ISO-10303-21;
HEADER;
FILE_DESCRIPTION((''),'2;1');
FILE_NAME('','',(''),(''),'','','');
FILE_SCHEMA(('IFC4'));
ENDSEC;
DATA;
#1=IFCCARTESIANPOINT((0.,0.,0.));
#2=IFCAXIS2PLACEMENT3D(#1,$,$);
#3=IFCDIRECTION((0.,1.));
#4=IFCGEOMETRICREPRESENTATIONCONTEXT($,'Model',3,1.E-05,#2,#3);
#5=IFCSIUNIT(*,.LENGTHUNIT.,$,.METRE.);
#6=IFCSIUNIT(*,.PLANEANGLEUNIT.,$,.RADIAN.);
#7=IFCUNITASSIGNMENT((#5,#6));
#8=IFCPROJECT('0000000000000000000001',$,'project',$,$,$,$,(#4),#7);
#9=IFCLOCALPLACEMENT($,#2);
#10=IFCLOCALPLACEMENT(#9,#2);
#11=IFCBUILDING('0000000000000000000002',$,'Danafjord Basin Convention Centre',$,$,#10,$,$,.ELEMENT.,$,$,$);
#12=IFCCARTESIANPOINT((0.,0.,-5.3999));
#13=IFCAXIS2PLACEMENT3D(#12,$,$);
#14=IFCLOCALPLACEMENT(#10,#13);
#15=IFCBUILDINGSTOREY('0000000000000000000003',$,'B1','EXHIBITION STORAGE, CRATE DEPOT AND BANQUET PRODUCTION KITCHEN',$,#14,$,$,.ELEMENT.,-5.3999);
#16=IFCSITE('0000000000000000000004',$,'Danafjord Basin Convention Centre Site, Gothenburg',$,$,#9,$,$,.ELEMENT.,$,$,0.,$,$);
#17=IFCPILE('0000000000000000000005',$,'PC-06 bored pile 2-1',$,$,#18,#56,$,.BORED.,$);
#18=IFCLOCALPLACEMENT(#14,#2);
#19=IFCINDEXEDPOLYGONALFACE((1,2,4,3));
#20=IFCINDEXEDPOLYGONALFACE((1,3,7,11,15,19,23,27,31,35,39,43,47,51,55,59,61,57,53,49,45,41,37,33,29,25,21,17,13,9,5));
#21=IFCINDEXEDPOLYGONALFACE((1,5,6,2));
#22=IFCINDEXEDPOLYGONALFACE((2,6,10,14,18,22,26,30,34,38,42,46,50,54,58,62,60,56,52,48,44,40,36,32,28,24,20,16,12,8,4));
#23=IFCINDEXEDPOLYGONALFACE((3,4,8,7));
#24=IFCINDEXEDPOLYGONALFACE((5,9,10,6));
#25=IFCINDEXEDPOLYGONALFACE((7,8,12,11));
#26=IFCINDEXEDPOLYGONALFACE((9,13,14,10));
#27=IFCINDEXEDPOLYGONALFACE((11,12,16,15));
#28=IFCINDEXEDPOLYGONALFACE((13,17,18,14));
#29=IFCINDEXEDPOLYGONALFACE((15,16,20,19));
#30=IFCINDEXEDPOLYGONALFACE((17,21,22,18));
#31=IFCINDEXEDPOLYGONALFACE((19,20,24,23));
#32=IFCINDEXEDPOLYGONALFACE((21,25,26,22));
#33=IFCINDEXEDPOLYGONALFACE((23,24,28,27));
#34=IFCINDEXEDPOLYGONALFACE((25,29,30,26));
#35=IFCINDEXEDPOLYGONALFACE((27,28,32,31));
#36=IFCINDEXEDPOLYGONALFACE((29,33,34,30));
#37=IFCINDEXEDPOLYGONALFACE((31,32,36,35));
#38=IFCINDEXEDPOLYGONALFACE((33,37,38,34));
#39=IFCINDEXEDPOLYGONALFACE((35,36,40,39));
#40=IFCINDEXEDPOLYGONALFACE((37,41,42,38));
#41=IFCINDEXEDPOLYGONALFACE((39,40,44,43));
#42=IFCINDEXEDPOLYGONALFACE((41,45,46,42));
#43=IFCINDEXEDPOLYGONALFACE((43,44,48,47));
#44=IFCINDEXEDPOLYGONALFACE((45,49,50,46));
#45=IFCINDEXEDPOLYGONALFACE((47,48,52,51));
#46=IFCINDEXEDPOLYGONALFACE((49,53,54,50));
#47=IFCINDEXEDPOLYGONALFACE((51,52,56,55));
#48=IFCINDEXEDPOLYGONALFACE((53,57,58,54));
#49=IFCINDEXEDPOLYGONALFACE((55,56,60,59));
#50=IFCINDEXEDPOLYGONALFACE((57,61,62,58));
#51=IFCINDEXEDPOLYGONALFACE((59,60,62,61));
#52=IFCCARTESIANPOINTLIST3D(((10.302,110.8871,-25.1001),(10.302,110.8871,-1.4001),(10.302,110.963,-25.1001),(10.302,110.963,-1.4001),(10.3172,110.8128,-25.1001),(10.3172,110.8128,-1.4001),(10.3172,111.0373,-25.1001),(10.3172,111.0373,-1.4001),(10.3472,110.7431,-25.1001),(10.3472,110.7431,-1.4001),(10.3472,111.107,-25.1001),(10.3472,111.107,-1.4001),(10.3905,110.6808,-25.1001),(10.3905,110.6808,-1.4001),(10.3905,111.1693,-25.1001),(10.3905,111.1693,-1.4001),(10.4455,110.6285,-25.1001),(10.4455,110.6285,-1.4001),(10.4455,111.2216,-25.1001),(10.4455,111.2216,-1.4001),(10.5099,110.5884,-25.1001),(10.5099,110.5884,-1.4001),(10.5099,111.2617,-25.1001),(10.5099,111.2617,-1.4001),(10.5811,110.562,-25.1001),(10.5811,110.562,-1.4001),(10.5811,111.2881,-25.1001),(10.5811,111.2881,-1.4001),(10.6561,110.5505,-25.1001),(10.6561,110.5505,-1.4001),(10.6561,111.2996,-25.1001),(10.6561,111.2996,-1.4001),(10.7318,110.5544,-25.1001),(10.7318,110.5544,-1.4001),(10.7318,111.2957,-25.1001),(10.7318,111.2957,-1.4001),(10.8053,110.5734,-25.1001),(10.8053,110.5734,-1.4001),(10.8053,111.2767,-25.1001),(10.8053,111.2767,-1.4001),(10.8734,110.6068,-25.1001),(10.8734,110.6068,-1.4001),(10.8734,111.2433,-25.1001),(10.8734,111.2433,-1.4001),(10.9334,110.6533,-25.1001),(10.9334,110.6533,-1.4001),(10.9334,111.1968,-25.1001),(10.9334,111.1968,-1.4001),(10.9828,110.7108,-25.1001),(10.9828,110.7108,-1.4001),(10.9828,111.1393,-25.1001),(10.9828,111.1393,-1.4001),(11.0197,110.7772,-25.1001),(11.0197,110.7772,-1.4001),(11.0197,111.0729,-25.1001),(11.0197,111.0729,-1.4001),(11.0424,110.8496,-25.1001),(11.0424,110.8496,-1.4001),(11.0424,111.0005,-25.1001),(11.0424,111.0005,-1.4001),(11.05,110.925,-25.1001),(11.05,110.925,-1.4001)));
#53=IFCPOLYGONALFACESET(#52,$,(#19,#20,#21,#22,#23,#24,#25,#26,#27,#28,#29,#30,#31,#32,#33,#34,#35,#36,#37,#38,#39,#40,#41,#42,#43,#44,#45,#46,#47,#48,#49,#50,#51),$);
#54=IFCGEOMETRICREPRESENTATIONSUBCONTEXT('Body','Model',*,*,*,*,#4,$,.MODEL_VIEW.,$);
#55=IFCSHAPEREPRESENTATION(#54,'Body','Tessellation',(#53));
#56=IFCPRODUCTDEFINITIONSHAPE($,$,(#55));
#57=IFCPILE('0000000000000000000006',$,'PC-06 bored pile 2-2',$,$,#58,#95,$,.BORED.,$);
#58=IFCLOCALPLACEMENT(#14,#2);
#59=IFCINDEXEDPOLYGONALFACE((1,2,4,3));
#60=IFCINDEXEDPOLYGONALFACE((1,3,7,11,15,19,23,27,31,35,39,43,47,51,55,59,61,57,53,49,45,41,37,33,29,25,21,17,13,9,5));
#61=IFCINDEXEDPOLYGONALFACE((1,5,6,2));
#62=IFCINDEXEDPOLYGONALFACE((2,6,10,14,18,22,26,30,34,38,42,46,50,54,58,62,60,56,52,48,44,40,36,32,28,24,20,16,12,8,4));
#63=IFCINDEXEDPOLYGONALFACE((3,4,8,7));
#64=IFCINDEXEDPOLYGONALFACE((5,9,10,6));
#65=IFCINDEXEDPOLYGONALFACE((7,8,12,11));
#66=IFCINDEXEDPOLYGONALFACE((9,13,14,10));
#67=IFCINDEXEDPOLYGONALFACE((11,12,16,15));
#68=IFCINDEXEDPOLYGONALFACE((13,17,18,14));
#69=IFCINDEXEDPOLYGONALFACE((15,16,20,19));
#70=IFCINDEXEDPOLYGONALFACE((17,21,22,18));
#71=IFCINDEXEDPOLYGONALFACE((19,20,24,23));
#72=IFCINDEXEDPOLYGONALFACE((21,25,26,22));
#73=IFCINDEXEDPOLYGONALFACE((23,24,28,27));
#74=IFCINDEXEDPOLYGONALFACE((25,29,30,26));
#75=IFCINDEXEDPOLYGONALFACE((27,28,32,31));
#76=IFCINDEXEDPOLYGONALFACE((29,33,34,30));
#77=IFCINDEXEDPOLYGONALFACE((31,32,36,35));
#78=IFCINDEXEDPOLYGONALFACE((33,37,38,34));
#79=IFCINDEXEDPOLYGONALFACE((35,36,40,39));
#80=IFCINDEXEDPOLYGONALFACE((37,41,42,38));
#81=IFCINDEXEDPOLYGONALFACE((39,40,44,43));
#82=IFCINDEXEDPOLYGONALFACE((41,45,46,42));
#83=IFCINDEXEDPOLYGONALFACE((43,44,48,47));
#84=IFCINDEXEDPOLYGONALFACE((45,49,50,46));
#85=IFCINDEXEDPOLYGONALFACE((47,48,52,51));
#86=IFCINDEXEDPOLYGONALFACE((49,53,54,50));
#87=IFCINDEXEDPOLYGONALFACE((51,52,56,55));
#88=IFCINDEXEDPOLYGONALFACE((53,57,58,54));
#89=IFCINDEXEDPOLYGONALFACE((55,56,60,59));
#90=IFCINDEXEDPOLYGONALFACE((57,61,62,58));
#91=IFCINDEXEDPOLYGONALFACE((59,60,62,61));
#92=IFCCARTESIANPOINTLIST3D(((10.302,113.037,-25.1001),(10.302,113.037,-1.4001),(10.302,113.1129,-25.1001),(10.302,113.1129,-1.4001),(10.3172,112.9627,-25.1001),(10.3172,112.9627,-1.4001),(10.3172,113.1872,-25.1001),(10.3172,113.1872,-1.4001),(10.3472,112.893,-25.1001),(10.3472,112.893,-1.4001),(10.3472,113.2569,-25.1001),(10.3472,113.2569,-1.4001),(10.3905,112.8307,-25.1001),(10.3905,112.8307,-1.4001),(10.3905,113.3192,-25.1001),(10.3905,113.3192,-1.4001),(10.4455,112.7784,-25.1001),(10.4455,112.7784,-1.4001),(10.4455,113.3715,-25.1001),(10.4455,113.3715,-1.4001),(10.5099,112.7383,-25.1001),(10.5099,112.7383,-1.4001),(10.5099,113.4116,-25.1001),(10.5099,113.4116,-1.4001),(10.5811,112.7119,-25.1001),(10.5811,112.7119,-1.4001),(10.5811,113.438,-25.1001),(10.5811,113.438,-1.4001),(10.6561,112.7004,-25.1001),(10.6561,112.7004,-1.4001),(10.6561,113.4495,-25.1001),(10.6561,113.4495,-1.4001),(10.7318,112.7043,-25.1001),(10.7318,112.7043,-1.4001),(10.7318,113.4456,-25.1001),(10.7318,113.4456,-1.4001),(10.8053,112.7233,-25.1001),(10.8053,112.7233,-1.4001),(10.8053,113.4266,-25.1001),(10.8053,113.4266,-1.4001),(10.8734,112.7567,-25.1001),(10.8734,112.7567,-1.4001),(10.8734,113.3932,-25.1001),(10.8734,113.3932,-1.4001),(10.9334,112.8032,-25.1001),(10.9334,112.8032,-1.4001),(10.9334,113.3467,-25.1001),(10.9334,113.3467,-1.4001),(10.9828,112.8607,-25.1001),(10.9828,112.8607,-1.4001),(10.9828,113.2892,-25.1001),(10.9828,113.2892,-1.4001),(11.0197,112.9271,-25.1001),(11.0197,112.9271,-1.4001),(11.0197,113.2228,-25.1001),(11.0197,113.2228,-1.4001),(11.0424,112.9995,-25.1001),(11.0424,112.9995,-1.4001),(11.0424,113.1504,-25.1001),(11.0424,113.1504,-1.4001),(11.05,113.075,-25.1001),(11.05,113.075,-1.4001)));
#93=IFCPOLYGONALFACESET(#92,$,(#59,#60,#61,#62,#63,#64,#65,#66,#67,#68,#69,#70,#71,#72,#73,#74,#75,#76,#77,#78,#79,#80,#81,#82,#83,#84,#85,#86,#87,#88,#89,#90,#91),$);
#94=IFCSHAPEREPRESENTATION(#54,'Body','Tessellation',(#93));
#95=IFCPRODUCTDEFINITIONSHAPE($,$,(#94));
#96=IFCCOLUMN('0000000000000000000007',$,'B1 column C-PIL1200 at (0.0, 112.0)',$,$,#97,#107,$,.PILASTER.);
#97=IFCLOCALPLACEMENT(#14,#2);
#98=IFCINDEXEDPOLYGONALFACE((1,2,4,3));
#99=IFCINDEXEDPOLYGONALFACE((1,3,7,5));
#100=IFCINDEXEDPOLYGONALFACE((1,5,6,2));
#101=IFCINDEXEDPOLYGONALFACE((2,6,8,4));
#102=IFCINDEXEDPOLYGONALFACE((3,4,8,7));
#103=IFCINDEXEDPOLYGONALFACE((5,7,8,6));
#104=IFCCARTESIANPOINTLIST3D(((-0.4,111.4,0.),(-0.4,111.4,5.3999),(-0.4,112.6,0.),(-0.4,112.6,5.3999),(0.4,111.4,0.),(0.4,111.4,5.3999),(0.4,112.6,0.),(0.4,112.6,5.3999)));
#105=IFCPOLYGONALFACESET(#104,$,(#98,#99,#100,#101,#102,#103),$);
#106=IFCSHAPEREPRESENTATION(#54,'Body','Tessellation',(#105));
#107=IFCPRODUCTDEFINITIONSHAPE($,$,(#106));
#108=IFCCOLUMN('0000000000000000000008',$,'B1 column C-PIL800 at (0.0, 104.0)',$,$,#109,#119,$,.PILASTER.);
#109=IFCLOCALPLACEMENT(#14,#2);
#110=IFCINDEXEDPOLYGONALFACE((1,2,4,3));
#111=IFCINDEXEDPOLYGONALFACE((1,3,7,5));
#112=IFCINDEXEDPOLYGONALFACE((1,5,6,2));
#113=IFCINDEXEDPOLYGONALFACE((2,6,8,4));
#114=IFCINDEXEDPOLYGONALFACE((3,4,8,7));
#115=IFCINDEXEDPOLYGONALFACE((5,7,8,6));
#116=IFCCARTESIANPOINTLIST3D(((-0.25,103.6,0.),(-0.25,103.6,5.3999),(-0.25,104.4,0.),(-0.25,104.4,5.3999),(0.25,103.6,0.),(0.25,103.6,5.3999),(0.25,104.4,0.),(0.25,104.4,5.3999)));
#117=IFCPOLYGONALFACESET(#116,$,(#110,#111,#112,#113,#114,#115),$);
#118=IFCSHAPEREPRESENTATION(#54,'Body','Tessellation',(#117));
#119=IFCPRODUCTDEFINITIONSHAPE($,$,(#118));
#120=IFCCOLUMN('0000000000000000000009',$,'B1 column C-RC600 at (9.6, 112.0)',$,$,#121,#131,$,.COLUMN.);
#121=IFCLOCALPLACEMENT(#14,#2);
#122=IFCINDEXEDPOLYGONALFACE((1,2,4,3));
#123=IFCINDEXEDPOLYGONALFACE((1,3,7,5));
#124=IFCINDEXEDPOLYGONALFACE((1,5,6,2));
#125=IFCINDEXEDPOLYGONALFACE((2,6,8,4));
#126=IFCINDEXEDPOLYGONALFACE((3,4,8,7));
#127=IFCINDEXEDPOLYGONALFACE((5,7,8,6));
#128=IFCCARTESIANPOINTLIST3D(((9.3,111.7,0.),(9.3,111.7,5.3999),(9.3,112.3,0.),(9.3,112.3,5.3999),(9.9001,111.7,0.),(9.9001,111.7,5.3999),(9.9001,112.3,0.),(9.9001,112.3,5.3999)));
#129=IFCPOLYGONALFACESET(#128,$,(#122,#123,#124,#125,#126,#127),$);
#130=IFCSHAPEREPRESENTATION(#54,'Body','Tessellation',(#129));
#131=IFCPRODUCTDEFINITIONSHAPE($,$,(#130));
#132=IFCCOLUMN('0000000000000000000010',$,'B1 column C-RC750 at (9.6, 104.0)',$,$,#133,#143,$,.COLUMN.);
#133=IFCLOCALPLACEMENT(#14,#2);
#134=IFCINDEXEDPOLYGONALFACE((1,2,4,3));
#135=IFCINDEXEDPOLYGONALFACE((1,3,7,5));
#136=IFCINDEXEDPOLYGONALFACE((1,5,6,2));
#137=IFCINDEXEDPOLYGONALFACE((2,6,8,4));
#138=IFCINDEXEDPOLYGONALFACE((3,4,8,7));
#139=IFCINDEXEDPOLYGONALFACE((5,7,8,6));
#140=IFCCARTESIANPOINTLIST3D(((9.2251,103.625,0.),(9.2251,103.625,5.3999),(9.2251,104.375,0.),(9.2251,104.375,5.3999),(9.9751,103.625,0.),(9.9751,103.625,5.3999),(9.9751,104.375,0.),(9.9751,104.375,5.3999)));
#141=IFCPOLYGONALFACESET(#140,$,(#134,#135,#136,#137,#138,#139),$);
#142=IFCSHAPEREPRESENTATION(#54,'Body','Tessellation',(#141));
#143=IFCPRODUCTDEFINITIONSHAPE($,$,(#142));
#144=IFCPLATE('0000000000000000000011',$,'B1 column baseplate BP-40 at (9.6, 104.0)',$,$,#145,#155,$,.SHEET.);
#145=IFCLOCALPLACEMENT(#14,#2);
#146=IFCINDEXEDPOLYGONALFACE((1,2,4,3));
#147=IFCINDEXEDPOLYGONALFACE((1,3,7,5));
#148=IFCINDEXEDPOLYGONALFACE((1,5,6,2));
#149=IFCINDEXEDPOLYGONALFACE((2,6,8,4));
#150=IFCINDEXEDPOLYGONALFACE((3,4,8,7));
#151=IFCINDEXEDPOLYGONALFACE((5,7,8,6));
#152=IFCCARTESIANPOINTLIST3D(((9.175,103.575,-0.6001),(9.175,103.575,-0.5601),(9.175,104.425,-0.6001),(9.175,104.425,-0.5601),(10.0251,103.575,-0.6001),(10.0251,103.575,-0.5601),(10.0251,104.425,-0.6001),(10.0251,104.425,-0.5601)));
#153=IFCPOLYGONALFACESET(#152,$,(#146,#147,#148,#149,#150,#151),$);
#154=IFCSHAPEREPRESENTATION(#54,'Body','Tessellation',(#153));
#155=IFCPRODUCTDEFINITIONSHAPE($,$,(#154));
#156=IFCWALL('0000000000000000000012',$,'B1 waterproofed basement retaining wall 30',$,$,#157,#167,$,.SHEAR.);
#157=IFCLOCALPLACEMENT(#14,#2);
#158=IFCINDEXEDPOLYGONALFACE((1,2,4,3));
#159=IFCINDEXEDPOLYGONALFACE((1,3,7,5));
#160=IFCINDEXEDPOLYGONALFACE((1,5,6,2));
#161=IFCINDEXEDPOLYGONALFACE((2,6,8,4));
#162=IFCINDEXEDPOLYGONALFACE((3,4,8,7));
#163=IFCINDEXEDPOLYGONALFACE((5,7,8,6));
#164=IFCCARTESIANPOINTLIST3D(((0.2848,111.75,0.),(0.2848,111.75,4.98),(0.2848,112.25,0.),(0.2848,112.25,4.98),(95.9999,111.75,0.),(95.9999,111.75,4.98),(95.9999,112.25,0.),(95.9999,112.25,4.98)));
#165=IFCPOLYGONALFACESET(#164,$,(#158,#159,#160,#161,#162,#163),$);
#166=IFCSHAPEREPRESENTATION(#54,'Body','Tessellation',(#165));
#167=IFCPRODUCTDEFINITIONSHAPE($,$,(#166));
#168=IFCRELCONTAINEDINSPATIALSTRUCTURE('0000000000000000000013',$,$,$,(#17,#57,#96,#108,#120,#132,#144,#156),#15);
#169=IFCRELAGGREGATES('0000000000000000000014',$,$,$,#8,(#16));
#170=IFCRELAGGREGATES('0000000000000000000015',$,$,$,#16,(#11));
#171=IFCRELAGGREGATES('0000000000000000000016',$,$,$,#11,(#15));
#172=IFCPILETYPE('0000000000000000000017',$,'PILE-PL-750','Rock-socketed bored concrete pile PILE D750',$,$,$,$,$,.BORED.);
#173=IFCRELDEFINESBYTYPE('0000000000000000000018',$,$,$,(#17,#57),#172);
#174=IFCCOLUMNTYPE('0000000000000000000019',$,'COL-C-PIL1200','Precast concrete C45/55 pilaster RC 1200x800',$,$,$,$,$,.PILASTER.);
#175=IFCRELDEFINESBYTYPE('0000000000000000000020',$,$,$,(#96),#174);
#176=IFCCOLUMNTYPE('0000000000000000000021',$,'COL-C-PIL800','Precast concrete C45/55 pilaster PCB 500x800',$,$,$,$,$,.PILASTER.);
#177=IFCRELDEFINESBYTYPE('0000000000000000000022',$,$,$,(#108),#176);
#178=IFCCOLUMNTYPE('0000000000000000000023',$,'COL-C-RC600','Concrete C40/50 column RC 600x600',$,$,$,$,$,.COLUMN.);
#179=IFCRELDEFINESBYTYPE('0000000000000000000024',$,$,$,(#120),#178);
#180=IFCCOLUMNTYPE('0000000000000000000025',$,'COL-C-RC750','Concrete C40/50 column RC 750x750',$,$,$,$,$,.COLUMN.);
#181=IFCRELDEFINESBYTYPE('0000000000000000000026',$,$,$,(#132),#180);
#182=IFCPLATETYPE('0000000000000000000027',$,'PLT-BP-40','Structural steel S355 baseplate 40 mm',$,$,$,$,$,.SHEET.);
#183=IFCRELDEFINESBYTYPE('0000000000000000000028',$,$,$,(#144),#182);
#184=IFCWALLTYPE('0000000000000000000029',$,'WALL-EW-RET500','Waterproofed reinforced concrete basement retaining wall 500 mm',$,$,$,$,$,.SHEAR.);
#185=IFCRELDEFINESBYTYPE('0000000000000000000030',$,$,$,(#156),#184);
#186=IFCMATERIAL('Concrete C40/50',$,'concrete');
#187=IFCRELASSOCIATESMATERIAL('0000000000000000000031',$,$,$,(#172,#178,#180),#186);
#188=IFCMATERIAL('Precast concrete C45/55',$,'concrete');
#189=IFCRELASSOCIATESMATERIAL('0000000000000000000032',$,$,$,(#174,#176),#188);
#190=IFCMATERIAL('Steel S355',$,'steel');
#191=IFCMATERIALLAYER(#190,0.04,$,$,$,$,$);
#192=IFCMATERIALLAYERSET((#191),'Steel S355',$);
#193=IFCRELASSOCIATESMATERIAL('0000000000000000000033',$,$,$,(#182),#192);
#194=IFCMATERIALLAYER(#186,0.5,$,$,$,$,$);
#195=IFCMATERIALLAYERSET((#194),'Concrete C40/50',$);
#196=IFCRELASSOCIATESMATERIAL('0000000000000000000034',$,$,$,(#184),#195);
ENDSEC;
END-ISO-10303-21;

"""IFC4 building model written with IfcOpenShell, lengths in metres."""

from ifc_helpers import new_model, si_unit, direction, frame, frame_2d, origin, origin_2d, place, context, subcontext, project, spatial, rectangle, circle, extrude, material, layer, layer_set, material_profile, profile_set, type_object, element, save


model = new_model("IFC4")

# Units and contexts
model_context = context("Model", 3, precision=1e-05, world=origin(), true_north=direction((0.0, 1.0)))
body_context = subcontext(model_context, "Body", "Model", "MODEL_VIEW")
ifc_project = project(units=[si_unit("LENGTHUNIT", "METRE"), si_unit("PLANEANGLEUNIT", "RADIAN")], contexts=[model_context])

# Site, building, storey
site_placement = place(None, origin())
site = spatial("IfcSite", under=ifc_project, at=site_placement, Name="Danafjord Basin Convention Centre Site, Gothenburg", CompositionType="ELEMENT", RefElevation=0.0)
building_placement = place(site_placement, origin())
building = spatial("IfcBuilding", under=site, at=building_placement, Name="Danafjord Basin Convention Centre", CompositionType="ELEMENT")
storey_placement = place(building_placement, frame((0.0, 0.0, -5.3999)))
storey = spatial("IfcBuildingStorey", under=building, at=storey_placement, Name="B1", Description="EXHIBITION STORAGE, CRATE DEPOT AND BANQUET PRODUCTION KITCHEN", CompositionType="ELEMENT", Elevation=-5.3999)

# Shared definitions
ifc_material_1 = material(Name="Concrete C40/50", Category="concrete")

# Piles
ifc_material_profile_1 = material_profile(ifc_material_1, circle(Radius=0.375, at=origin_2d()), Name="PILE D750")
ifc_profile_set_1 = profile_set([ifc_material_profile_1], Name="Concrete C40/50")
pile_type_1 = type_object("IfcPileType", Name="PILE-PL-750", Description="Rock-socketed bored concrete pile PILE D750", PredefinedType="BORED", material=ifc_profile_set_1)
for number, where, z_axis, x_axis, name in (
    (1, (10.675, 110.925, -1.4001), (0.0, 0.0, -1.0), (1.0, 0.0, 0.0), "PC-06 bored pile 2-1"),
    (2, (10.675, 113.075, -1.4001), (0.0, 0.0, -1.0), (1.0, 0.0, 0.0), "PC-06 bored pile 2-2"),
):
    element("IfcPile", number, at=place(storey_placement, frame(where, z_axis=z_axis, x_axis=x_axis)), inside=storey, type_object=pile_type_1, Name=name, PredefinedType="BORED", context=body_context, shape_type="SweptSolid", body=[
        extrude(circle(Radius=0.375, at=origin_2d()), origin(), (0.0, 0.0, 1.0), 23.7),
    ])

# Columns
ifc_material_2 = material(Name="Precast concrete C45/55", Category="concrete")
ifc_material_profile_2 = material_profile(ifc_material_2, rectangle(XDim=0.8, YDim=1.2, at=origin_2d()), Name="RC 1200x800")
ifc_profile_set_2 = profile_set([ifc_material_profile_2], Name="Precast concrete C45/55")
column_type_1 = type_object("IfcColumnType", Name="COL-C-PIL1200", Description="Precast concrete C45/55 pilaster RC 1200x800", PredefinedType="PILASTER", material=ifc_profile_set_2)
column_1_placement = place(storey_placement, frame((0.0, 112.0, 0.0), z_axis=(0.0, 0.0, 1.0), x_axis=(1.0, 0.0, 0.0)))
element("IfcColumn", 3, at=column_1_placement, inside=storey, type_object=column_type_1, Name="B1 column C-PIL1200 at (0.0, 112.0)", PredefinedType="PILASTER", context=body_context, shape_type="SweptSolid", body=[
    extrude(rectangle(XDim=0.8, YDim=1.2, at=origin_2d()), origin(), (0.0, 0.0, 1.0), 5.3999),
])
ifc_material_profile_3 = material_profile(ifc_material_2, rectangle(XDim=0.5, YDim=0.8, at=origin_2d()), Name="PCB 500x800")
ifc_profile_set_3 = profile_set([ifc_material_profile_3], Name="Precast concrete C45/55")
column_type_2 = type_object("IfcColumnType", Name="COL-C-PIL800", Description="Precast concrete C45/55 pilaster PCB 500x800", PredefinedType="PILASTER", material=ifc_profile_set_3)
column_2_placement = place(storey_placement, frame((0.0, 104.0, 0.0), z_axis=(0.0, 0.0, 1.0), x_axis=(1.0, 0.0, 0.0)))
element("IfcColumn", 4, at=column_2_placement, inside=storey, type_object=column_type_2, Name="B1 column C-PIL800 at (0.0, 104.0)", PredefinedType="PILASTER", context=body_context, shape_type="SweptSolid", body=[
    extrude(rectangle(XDim=0.5, YDim=0.8, at=origin_2d()), origin(), (0.0, 0.0, 1.0), 5.3999),
])
ifc_material_profile_4 = material_profile(ifc_material_1, rectangle(XDim=0.6001, YDim=0.6001, at=origin_2d()), Name="RC 600x600")
ifc_profile_set_4 = profile_set([ifc_material_profile_4], Name="Concrete C40/50")
column_type_3 = type_object("IfcColumnType", Name="COL-C-RC600", Description="Concrete C40/50 column RC 600x600", PredefinedType="COLUMN", material=ifc_profile_set_4)
column_3_placement = place(storey_placement, frame((9.6001, 112.0, 0.0), z_axis=(0.0, 0.0, 1.0), x_axis=(1.0, 0.0, 0.0)))
element("IfcColumn", 5, at=column_3_placement, inside=storey, type_object=column_type_3, Name="B1 column C-RC600 at (9.6, 112.0)", PredefinedType="COLUMN", context=body_context, shape_type="SweptSolid", body=[
    extrude(rectangle(XDim=0.6001, YDim=0.6001, at=origin_2d()), origin(), (0.0, 0.0, 1.0), 5.3999),
])
ifc_material_profile_5 = material_profile(ifc_material_1, rectangle(XDim=0.75, YDim=0.75, at=origin_2d()), Name="RC 750x750")
ifc_profile_set_5 = profile_set([ifc_material_profile_5], Name="Concrete C40/50")
column_type_4 = type_object("IfcColumnType", Name="COL-C-RC750", Description="Concrete C40/50 column RC 750x750", PredefinedType="COLUMN", material=ifc_profile_set_5)
column_4_placement = place(storey_placement, frame((9.6001, 104.0, 0.0), z_axis=(0.0, 0.0, 1.0), x_axis=(1.0, 0.0, 0.0)))
element("IfcColumn", 6, at=column_4_placement, inside=storey, type_object=column_type_4, Name="B1 column C-RC750 at (9.6, 104.0)", PredefinedType="COLUMN", context=body_context, shape_type="SweptSolid", body=[
    extrude(rectangle(XDim=0.75, YDim=0.75, at=origin_2d()), origin(), (0.0, 0.0, 1.0), 5.3999),
])

# Plate
ifc_material_3 = material(Name="Steel S355", Category="steel")
ifc_layer_1 = layer(ifc_material_3, 0.04)
ifc_layer_set_1 = layer_set([ifc_layer_1], Name="Steel S355")
plate_type = type_object("IfcPlateType", Name="PLT-BP-40", Description="Structural steel S355 baseplate 40 mm", PredefinedType="SHEET", material=ifc_layer_set_1)
plate_placement = place(storey_placement, frame((9.6001, 104.0, -0.6001), z_axis=(0.0, 0.0, 1.0), x_axis=(1.0, 0.0, 0.0)))
element("IfcPlate", 7, at=plate_placement, inside=storey, type_object=plate_type, Name="B1 column baseplate BP-40 at (9.6, 104.0)", PredefinedType="SHEET", context=body_context, shape_type="SweptSolid", body=[
    extrude(rectangle(XDim=0.8501, YDim=0.8501, at=origin_2d()), origin(), (0.0, 0.0, 1.0), 0.04),
])

# Wall
ifc_layer_2 = layer(ifc_material_1, 0.5)
ifc_layer_set_2 = layer_set([ifc_layer_2], Name="Concrete C40/50")
wall_type = type_object("IfcWallType", Name="WALL-EW-RET500", Description="Waterproofed reinforced concrete basement retaining wall 500 mm", PredefinedType="SHEAR", material=ifc_layer_set_2)
wall_placement = place(storey_placement, frame((0.2849, 112.0, 0.0), z_axis=(0.0, 0.0, 1.0), x_axis=(1.0, 0.0, 0.0)))
element("IfcWall", 8, at=wall_placement, inside=storey, type_object=wall_type, Name="B1 waterproofed basement retaining wall 30", PredefinedType="SHEAR", context=body_context, shape_type="SweptSolid", body=[
    extrude(rectangle(XDim=95.7151, YDim=0.5, at=frame_2d((47.8574, 0.0))), origin(), (0.0, 0.0, 1.0), 4.98),
])

save(model, "model.ifc")
